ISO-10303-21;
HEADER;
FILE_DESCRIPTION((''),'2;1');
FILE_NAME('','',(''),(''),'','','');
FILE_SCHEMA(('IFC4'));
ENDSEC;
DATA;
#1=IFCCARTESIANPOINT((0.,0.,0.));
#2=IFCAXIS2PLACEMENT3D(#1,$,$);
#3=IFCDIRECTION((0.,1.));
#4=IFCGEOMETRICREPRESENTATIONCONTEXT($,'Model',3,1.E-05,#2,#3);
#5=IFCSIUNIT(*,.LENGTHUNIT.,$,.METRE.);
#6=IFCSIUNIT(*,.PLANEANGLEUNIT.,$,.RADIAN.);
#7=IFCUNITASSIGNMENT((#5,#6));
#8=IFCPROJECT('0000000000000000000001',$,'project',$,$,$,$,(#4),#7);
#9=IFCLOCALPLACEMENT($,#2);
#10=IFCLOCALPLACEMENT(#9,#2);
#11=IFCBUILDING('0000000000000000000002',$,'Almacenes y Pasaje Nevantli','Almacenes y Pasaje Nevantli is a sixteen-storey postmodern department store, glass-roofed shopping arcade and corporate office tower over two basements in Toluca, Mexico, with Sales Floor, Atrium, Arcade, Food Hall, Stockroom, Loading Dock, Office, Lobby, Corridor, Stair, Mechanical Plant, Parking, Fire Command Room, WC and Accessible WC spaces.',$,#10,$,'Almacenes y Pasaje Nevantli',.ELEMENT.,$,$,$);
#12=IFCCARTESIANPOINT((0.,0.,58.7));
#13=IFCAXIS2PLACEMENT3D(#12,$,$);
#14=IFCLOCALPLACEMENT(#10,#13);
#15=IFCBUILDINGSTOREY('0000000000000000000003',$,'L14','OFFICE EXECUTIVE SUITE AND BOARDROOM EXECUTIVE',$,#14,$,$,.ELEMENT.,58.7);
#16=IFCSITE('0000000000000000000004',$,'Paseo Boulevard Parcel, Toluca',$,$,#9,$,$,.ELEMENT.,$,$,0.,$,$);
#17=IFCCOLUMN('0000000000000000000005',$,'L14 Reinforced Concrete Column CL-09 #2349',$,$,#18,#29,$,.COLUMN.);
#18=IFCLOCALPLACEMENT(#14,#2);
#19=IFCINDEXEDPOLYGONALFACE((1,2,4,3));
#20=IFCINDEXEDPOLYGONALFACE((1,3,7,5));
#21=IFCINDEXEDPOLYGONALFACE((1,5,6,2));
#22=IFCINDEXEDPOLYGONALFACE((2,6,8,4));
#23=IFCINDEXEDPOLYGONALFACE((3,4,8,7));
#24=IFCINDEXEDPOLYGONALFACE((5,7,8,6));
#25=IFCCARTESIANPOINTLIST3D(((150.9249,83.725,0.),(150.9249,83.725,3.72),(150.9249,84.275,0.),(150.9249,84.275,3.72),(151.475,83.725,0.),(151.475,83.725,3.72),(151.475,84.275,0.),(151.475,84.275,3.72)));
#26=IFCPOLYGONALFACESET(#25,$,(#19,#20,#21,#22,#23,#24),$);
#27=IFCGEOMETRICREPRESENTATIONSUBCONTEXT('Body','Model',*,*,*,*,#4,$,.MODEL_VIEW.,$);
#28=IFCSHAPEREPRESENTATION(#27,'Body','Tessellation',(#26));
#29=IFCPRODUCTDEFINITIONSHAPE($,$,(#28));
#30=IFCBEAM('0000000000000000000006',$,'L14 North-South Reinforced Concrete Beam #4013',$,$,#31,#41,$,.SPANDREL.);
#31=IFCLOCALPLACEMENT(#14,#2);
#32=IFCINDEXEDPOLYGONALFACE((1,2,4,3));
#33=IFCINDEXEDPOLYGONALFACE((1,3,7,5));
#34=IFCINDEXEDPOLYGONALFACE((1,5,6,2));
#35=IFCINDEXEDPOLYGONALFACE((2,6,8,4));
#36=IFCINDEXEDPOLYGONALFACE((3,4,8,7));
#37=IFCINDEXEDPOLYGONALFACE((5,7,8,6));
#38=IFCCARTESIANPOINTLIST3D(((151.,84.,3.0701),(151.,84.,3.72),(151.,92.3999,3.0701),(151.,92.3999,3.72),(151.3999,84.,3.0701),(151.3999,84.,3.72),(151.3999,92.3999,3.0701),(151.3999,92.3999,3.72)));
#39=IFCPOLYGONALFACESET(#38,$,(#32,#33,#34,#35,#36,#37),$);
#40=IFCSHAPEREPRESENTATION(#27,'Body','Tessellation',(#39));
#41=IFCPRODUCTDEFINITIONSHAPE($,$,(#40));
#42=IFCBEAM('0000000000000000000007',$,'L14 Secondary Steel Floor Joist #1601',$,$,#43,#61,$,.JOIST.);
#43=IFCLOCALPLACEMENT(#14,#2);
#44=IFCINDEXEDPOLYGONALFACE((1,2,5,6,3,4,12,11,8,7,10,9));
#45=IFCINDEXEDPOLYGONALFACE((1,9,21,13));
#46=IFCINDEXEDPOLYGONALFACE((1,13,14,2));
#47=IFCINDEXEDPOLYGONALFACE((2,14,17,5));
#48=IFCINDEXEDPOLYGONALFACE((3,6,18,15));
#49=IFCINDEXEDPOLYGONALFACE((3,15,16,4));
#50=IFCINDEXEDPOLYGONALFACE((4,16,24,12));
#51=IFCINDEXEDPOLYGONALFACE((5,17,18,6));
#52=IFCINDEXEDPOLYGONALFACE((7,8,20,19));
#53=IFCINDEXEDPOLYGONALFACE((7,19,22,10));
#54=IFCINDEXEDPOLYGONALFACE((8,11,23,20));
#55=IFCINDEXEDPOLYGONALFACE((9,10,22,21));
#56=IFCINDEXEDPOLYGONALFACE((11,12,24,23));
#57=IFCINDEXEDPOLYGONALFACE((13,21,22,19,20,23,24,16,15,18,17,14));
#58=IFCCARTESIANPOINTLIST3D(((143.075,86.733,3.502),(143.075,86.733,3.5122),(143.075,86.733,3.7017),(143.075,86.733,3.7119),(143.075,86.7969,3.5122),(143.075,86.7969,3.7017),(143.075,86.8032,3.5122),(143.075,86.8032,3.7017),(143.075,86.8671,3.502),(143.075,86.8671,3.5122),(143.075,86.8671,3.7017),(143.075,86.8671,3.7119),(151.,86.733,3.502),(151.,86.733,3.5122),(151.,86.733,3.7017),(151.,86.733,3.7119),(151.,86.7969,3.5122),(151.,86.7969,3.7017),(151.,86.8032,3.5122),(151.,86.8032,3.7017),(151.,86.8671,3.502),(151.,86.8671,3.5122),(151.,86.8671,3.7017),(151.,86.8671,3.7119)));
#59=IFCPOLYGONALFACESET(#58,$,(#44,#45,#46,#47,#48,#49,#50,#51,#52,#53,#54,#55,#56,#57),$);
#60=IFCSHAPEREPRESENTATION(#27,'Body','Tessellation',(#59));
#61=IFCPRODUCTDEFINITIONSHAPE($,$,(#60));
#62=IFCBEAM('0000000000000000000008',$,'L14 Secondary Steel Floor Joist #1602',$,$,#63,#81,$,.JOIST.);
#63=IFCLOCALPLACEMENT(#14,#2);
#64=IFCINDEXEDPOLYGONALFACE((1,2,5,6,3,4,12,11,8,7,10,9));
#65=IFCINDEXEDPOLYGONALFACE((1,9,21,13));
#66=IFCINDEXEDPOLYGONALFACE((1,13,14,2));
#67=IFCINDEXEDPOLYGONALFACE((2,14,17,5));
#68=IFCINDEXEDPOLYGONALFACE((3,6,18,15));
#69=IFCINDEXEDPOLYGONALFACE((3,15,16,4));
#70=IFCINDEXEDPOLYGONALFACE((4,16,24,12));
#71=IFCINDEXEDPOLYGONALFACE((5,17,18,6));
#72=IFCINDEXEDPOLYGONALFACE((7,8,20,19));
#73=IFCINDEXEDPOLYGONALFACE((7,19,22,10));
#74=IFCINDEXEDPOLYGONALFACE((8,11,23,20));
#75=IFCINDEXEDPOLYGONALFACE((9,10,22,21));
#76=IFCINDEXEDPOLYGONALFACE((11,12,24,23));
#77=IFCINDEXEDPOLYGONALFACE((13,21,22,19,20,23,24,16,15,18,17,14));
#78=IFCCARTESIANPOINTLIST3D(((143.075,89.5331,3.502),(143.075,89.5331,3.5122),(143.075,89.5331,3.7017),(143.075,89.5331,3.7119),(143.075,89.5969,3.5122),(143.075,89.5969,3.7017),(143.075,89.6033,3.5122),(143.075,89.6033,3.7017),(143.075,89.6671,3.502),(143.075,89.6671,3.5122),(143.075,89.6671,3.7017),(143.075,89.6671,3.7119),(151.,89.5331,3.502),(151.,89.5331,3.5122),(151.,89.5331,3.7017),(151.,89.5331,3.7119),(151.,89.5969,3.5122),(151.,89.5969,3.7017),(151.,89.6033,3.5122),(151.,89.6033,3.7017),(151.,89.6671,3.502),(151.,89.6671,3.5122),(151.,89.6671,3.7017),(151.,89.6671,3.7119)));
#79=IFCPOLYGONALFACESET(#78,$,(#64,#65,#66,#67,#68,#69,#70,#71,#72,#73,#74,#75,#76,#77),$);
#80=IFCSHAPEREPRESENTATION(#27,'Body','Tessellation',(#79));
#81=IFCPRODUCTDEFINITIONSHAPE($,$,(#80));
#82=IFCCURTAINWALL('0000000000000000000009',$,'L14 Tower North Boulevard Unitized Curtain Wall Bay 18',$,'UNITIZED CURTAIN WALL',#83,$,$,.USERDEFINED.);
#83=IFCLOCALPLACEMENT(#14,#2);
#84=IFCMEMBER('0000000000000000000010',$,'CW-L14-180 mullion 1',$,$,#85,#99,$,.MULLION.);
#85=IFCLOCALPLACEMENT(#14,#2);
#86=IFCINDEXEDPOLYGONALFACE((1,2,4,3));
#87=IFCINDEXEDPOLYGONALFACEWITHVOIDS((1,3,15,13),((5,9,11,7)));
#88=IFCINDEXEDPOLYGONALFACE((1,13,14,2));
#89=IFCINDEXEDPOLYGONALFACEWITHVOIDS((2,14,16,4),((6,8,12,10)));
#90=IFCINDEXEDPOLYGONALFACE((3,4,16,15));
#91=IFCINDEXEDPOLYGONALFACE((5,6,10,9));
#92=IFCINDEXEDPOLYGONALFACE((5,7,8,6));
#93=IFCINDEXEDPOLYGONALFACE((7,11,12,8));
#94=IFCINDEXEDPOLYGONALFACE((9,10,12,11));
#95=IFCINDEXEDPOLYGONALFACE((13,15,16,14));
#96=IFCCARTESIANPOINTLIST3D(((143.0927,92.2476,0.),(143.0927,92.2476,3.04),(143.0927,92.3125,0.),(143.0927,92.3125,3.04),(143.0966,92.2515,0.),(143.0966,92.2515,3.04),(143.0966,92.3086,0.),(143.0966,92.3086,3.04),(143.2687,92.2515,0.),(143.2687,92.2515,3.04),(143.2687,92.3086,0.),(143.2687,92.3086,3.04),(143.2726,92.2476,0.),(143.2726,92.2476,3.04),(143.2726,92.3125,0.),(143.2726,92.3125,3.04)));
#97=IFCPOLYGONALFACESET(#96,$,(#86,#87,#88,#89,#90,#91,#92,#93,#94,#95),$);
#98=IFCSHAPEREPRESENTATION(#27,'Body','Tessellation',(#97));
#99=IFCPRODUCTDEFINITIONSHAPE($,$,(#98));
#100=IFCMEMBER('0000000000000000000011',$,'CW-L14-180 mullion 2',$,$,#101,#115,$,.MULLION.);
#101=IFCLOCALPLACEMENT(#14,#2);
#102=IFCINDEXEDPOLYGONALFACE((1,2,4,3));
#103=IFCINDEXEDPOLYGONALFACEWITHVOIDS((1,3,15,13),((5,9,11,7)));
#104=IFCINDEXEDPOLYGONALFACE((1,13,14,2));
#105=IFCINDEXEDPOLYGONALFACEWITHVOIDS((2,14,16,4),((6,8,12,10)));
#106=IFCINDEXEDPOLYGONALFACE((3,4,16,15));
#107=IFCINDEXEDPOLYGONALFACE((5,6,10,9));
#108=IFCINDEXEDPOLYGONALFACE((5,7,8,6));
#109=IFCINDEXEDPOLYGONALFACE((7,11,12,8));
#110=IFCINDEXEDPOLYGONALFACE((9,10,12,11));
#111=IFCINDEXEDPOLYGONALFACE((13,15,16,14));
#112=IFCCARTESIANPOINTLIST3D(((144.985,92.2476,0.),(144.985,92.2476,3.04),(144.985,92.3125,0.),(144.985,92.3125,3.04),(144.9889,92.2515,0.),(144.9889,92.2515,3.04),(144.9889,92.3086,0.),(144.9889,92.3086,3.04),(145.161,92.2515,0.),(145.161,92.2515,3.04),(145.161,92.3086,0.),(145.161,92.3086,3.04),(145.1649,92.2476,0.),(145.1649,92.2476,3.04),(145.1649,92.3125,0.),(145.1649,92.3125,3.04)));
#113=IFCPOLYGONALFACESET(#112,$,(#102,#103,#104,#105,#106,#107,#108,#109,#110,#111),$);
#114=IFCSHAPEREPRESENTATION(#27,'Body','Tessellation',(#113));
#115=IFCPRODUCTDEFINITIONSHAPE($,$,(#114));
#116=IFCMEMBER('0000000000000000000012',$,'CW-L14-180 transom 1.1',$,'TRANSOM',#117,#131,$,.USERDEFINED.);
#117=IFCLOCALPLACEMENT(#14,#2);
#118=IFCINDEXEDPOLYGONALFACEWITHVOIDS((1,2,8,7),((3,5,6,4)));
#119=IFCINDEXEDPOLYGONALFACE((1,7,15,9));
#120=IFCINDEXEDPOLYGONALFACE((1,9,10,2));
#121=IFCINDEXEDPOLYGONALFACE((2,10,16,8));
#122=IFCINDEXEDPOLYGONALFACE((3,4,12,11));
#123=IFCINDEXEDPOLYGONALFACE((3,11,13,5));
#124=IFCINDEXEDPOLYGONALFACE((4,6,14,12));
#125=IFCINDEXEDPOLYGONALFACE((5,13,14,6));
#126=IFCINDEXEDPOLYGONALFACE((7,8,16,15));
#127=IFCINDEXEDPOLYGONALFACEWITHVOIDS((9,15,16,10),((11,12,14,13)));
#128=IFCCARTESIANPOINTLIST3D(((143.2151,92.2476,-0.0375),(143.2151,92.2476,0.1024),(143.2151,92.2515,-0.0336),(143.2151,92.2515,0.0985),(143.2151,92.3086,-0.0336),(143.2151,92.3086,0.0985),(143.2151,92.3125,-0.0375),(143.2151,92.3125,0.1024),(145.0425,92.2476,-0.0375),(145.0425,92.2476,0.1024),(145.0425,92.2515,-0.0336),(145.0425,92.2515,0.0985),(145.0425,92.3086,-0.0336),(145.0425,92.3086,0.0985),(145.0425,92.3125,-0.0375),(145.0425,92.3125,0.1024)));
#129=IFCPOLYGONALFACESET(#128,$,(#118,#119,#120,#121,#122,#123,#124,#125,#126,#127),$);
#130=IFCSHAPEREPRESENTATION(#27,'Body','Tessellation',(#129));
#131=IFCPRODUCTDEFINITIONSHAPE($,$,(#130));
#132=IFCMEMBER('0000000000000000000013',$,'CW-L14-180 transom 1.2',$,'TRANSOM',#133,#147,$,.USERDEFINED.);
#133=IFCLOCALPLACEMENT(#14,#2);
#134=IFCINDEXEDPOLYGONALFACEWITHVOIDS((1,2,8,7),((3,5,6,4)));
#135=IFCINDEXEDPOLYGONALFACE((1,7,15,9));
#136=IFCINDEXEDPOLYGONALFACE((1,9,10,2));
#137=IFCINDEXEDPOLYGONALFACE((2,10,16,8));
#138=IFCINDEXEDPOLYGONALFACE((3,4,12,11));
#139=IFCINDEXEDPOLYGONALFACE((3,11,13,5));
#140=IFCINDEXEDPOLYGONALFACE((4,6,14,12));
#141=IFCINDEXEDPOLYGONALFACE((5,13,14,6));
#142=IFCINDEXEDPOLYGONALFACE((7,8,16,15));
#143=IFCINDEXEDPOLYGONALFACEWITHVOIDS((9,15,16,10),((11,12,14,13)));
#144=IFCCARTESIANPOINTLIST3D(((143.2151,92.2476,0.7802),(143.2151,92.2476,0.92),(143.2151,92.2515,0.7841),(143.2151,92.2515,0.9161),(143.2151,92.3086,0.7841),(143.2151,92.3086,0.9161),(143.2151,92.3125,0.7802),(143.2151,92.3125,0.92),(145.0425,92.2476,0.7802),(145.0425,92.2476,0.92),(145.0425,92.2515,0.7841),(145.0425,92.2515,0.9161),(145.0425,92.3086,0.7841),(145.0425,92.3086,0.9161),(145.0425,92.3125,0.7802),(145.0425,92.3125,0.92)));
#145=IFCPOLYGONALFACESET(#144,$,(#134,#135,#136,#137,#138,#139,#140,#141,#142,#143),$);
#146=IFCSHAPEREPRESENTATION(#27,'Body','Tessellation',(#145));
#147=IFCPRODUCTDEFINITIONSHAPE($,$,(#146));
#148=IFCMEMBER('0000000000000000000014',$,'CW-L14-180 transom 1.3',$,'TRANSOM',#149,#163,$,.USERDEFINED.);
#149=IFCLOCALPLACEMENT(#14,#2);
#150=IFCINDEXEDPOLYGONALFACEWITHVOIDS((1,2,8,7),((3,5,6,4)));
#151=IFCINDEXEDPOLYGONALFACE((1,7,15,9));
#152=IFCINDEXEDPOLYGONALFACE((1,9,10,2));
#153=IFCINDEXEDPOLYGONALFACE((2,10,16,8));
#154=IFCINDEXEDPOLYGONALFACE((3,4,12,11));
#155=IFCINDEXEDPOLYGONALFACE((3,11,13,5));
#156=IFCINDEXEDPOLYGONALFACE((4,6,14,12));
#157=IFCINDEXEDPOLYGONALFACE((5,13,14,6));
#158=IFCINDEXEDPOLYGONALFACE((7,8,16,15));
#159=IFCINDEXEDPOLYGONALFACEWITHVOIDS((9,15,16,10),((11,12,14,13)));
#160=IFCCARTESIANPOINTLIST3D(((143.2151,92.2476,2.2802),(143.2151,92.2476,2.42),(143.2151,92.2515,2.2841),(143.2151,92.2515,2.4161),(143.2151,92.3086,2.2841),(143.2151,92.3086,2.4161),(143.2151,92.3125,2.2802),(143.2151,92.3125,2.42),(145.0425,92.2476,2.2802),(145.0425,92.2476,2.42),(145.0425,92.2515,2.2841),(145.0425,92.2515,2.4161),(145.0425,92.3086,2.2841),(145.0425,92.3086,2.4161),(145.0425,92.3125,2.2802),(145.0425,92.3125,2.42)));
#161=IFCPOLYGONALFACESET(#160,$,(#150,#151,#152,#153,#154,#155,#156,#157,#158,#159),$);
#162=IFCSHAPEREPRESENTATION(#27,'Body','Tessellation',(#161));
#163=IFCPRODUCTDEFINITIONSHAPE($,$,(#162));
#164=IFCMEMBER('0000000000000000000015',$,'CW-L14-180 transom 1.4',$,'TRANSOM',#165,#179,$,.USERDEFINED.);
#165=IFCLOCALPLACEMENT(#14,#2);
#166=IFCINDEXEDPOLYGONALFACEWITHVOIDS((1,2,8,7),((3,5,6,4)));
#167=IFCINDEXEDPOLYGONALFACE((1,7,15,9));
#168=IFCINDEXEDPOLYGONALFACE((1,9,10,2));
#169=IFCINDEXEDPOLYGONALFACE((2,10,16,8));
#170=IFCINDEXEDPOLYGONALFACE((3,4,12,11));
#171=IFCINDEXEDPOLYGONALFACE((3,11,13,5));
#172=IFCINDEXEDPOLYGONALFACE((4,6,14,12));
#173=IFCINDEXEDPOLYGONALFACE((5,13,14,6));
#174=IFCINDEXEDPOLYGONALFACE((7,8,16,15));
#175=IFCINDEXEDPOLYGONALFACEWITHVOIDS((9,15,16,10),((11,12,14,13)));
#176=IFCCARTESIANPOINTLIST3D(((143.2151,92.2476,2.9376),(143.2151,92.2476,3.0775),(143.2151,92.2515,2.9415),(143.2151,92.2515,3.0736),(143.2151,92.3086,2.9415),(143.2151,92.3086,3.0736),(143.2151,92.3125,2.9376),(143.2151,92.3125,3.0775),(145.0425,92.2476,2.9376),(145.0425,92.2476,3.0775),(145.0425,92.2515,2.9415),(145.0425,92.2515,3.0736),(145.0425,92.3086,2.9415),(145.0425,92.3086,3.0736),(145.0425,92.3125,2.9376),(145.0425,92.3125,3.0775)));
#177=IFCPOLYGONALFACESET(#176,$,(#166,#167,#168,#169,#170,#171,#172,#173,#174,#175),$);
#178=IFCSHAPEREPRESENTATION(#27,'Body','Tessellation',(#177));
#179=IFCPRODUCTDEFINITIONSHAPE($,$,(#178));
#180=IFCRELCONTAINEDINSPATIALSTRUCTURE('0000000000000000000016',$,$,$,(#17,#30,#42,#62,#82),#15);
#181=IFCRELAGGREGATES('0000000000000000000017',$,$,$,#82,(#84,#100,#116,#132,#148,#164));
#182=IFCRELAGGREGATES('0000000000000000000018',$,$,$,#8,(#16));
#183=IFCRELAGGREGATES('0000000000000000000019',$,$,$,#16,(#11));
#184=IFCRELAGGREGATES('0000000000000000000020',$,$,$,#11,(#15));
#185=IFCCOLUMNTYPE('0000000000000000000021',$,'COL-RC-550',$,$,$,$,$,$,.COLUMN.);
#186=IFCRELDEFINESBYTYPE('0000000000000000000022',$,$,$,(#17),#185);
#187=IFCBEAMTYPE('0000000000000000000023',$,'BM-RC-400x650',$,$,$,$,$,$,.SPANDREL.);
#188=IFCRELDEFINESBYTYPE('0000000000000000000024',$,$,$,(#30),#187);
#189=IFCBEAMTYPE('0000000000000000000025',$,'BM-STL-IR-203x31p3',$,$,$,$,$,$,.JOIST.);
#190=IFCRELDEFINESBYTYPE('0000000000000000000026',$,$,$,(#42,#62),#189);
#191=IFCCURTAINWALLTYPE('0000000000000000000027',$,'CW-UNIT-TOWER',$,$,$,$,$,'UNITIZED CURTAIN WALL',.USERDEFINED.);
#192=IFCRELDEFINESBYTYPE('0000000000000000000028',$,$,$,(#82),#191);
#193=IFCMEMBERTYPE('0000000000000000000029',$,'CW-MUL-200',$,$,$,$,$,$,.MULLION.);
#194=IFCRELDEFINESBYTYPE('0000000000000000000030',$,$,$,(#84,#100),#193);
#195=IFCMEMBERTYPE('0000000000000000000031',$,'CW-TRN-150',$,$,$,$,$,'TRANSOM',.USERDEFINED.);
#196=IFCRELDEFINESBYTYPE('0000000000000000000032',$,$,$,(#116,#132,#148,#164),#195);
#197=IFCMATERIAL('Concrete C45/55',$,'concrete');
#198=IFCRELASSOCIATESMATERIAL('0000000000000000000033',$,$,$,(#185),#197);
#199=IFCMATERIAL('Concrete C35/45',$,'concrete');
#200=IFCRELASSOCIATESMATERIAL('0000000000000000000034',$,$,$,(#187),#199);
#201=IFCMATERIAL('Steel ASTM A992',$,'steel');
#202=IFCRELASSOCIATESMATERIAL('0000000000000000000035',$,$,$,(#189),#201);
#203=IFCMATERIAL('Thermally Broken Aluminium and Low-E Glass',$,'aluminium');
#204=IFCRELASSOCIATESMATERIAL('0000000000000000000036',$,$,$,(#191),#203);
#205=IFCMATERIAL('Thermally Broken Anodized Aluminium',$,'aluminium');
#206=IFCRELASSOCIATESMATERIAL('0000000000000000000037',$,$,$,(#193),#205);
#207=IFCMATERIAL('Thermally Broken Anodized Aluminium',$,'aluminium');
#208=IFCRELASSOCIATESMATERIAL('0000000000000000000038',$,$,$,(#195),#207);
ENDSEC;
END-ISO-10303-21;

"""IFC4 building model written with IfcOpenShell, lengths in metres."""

from ifc_helpers import new_model, si_unit, direction, frame, origin, origin_2d, place, context, subcontext, project, spatial, rectangle, hollow_rectangle, i_section, extrude, material, material_profile, profile_set, type_object, element, aggregate, save


model = new_model("IFC4")

# Units and contexts
model_context = context("Model", 3, precision=1e-05, world=origin(), true_north=direction((0.0, 1.0)))
body_context = subcontext(model_context, "Body", "Model", "MODEL_VIEW")
ifc_project = project(units=[si_unit("LENGTHUNIT", "METRE"), si_unit("PLANEANGLEUNIT", "RADIAN")], contexts=[model_context])

# Site, building, storey
site_placement = place(None, origin())
site = spatial("IfcSite", under=ifc_project, at=site_placement, Name="Paseo Boulevard Parcel, Toluca", CompositionType="ELEMENT", RefElevation=0.0)
building_placement = place(site_placement, origin())
building = spatial("IfcBuilding", under=site, at=building_placement, Name="Almacenes y Pasaje Nevantli", Description="Almacenes y Pasaje Nevantli is a sixteen-storey postmodern department store, glass-roofed shopping arcade and corporate office tower over two basements in Toluca, Mexico, with Sales Floor, Atrium, Arcade, Food Hall, Stockroom, Loading Dock, Office, Lobby, Corridor, Stair, Mechanical Plant, Parking, Fire Command Room, WC and Accessible WC spaces.", LongName="Almacenes y Pasaje Nevantli", CompositionType="ELEMENT")
storey_placement = place(building_placement, frame((0.0, 0.0, 58.7)))
storey = spatial("IfcBuildingStorey", under=building, at=storey_placement, Name="L14", Description="OFFICE EXECUTIVE SUITE AND BOARDROOM EXECUTIVE", CompositionType="ELEMENT", Elevation=58.7)

# Column
ifc_material_1 = material(Name="Concrete C45/55", Category="concrete")
ifc_material_profile_1 = material_profile(ifc_material_1, rectangle(XDim=0.55, YDim=0.55, at=origin_2d()), Name="RC-COL-550x550")
ifc_profile_set_1 = profile_set([ifc_material_profile_1], Name="Concrete C45/55")
column_type = type_object("IfcColumnType", Name="COL-RC-550", PredefinedType="COLUMN", material=ifc_profile_set_1)
column_placement = place(storey_placement, frame((151.2, 84.0, 0.0), z_axis=(0.0, 0.0, 1.0), x_axis=(1.0, 0.0, 0.0)))
element("IfcColumn", 1, at=column_placement, inside=storey, type_object=column_type, Name="L14 Reinforced Concrete Column CL-09 #2349", PredefinedType="COLUMN", context=body_context, shape_type="SweptSolid", body=[
    extrude(rectangle(XDim=0.55, YDim=0.55, at=origin_2d()), origin(), (0.0, 0.0, 1.0), 3.72),
])

# Beams
ifc_material_2 = material(Name="Concrete C35/45", Category="concrete")
ifc_material_profile_2 = material_profile(ifc_material_2, rectangle(XDim=0.3999, YDim=0.6499, at=origin_2d()), Name="RC-BM-400x650")
ifc_profile_set_2 = profile_set([ifc_material_profile_2], Name="Concrete C35/45")
beam_type_1 = type_object("IfcBeamType", Name="BM-RC-400x650", PredefinedType="SPANDREL", material=ifc_profile_set_2)
beam_placement = place(storey_placement, frame((151.2, 84.0, 3.395), z_axis=(0.0, 1.0, 0.0), x_axis=(-1.0, 0.0, 0.0)))
element("IfcBeam", 2, at=beam_placement, inside=storey, type_object=beam_type_1, Name="L14 North-South Reinforced Concrete Beam #4013", PredefinedType="SPANDREL", context=body_context, shape_type="SweptSolid", body=[
    extrude(rectangle(XDim=0.3999, YDim=0.6499, at=origin_2d()), origin(), (0.0, 0.0, 1.0), 8.3999),
])
ifc_material_3 = material(Name="Steel ASTM A992", Category="steel")
ifc_material_profile_3 = material_profile(ifc_material_3, i_section(OverallWidth=0.134, OverallDepth=0.21, WebThickness=0.0063, FlangeThickness=0.0103, at=origin_2d()), Name="IR 203x31.3")
ifc_profile_set_3 = profile_set([ifc_material_profile_3], Name="Steel ASTM A992")
beam_type_2 = type_object("IfcBeamType", Name="BM-STL-IR-203x31p3", PredefinedType="JOIST", material=ifc_profile_set_3)
for number, where, z_axis, x_axis, name in (
    (3, (143.075, 86.8, 3.6069), (1.0, 0.0, 0.0), (0.0, 1.0, 0.0), "L14 Secondary Steel Floor Joist #1601"),
    (4, (143.075, 89.6001, 3.6069), (1.0, 0.0, 0.0), (0.0, 1.0, 0.0), "L14 Secondary Steel Floor Joist #1602"),
):
    element("IfcBeam", number, at=place(storey_placement, frame(where, z_axis=z_axis, x_axis=x_axis)), inside=storey, type_object=beam_type_2, Name=name, PredefinedType="JOIST", context=body_context, shape_type="SweptSolid", body=[
        extrude(i_section(OverallWidth=0.134, OverallDepth=0.21, WebThickness=0.0063, FlangeThickness=0.0103, at=origin_2d()), origin(), (0.0, 0.0, 1.0), 7.925),
    ])

# Curtain wall, members
ifc_material_4 = material(Name="Thermally Broken Aluminium and Low-E Glass", Category="aluminium")
curtain_wall_type = type_object("IfcCurtainWallType", Name="CW-UNIT-TOWER", ElementType="UNITIZED CURTAIN WALL", PredefinedType="USERDEFINED", material=ifc_material_4)
curtain_wall_placement = place(storey_placement, origin())
curtain_wall = element("IfcCurtainWall", 5, at=curtain_wall_placement, inside=storey, type_object=curtain_wall_type, Name="L14 Tower North Boulevard Unitized Curtain Wall Bay 18", ObjectType="UNITIZED CURTAIN WALL", PredefinedType="USERDEFINED")
ifc_material_5 = material(Name="Thermally Broken Anodized Aluminium", Category="aluminium")
ifc_material_profile_4 = material_profile(ifc_material_5, hollow_rectangle(XDim=0.0649, YDim=0.1799, WallThickness=0.0039, at=origin_2d()), Name="ALU-MUL-65x180")
ifc_profile_set_4 = profile_set([ifc_material_profile_4], Name="Thermally Broken Anodized Aluminium")
member_type_1 = type_object("IfcMemberType", Name="CW-MUL-200", PredefinedType="MULLION", material=ifc_profile_set_4)
member_1_placement = place(storey_placement, frame((143.1826, 92.28, 0.0), z_axis=(0.0, 0.0, 1.0), x_axis=(0.0, 1.0, 0.0)))
member_1 = element("IfcMember", 6, at=member_1_placement, type_object=member_type_1, Name="CW-L14-180 mullion 1", PredefinedType="MULLION", context=body_context, shape_type="SweptSolid", body=[
    extrude(hollow_rectangle(XDim=0.0649, YDim=0.1799, WallThickness=0.0039, at=origin_2d()), origin(), (0.0, 0.0, 1.0), 3.04),
])
member_2_placement = place(storey_placement, frame((145.075, 92.28, 0.0), z_axis=(0.0, 0.0, 1.0), x_axis=(0.0, 1.0, 0.0)))
member_2 = element("IfcMember", 7, at=member_2_placement, type_object=member_type_1, Name="CW-L14-180 mullion 2", PredefinedType="MULLION", context=body_context, shape_type="SweptSolid", body=[
    extrude(hollow_rectangle(XDim=0.0649, YDim=0.1799, WallThickness=0.0039, at=origin_2d()), origin(), (0.0, 0.0, 1.0), 3.04),
])
ifc_material_6 = material(Name="Thermally Broken Anodized Aluminium", Category="aluminium")
ifc_material_profile_5 = material_profile(ifc_material_6, hollow_rectangle(XDim=0.0649, YDim=0.1399, WallThickness=0.0039, at=origin_2d()), Name="ALU-TRN-65x140")
ifc_profile_set_5 = profile_set([ifc_material_profile_5], Name="Thermally Broken Anodized Aluminium")
member_type_2 = type_object("IfcMemberType", Name="CW-TRN-150", ElementType="TRANSOM", PredefinedType="USERDEFINED", material=ifc_profile_set_5)
member_3_placement = place(storey_placement, frame((143.2151, 92.28, 0.0325), z_axis=(1.0, 0.0, 0.0), x_axis=(0.0, 1.0, 0.0)))
member_3 = element("IfcMember", 8, at=member_3_placement, type_object=member_type_2, Name="CW-L14-180 transom 1.1", ObjectType="TRANSOM", PredefinedType="USERDEFINED", context=body_context, shape_type="SweptSolid", body=[
    extrude(hollow_rectangle(XDim=0.0649, YDim=0.1399, WallThickness=0.0039, at=origin_2d()), origin(), (0.0, 0.0, 1.0), 1.8274),
])
member_4_placement = place(storey_placement, frame((143.2151, 92.28, 0.8501), z_axis=(1.0, 0.0, 0.0), x_axis=(0.0, 1.0, 0.0)))
member_4 = element("IfcMember", 9, at=member_4_placement, type_object=member_type_2, Name="CW-L14-180 transom 1.2", ObjectType="TRANSOM", PredefinedType="USERDEFINED", context=body_context, shape_type="SweptSolid", body=[
    extrude(hollow_rectangle(XDim=0.0649, YDim=0.1399, WallThickness=0.0039, at=origin_2d()), origin(), (0.0, 0.0, 1.0), 1.8274),
])
member_5_placement = place(storey_placement, frame((143.2151, 92.28, 2.3501), z_axis=(1.0, 0.0, 0.0), x_axis=(0.0, 1.0, 0.0)))
member_5 = element("IfcMember", 10, at=member_5_placement, type_object=member_type_2, Name="CW-L14-180 transom 1.3", ObjectType="TRANSOM", PredefinedType="USERDEFINED", context=body_context, shape_type="SweptSolid", body=[
    extrude(hollow_rectangle(XDim=0.0649, YDim=0.1399, WallThickness=0.0039, at=origin_2d()), origin(), (0.0, 0.0, 1.0), 1.8274),
])
member_6_placement = place(storey_placement, frame((143.2151, 92.28, 3.0076), z_axis=(1.0, 0.0, 0.0), x_axis=(0.0, 1.0, 0.0)))
member_6 = element("IfcMember", 11, at=member_6_placement, type_object=member_type_2, Name="CW-L14-180 transom 1.4", ObjectType="TRANSOM", PredefinedType="USERDEFINED", context=body_context, shape_type="SweptSolid", body=[
    extrude(hollow_rectangle(XDim=0.0649, YDim=0.1399, WallThickness=0.0039, at=origin_2d()), origin(), (0.0, 0.0, 1.0), 1.8274),
])
aggregate(curtain_wall, [member_1, member_2, member_3, member_4, member_5, member_6])

save(model, "model.ifc")
